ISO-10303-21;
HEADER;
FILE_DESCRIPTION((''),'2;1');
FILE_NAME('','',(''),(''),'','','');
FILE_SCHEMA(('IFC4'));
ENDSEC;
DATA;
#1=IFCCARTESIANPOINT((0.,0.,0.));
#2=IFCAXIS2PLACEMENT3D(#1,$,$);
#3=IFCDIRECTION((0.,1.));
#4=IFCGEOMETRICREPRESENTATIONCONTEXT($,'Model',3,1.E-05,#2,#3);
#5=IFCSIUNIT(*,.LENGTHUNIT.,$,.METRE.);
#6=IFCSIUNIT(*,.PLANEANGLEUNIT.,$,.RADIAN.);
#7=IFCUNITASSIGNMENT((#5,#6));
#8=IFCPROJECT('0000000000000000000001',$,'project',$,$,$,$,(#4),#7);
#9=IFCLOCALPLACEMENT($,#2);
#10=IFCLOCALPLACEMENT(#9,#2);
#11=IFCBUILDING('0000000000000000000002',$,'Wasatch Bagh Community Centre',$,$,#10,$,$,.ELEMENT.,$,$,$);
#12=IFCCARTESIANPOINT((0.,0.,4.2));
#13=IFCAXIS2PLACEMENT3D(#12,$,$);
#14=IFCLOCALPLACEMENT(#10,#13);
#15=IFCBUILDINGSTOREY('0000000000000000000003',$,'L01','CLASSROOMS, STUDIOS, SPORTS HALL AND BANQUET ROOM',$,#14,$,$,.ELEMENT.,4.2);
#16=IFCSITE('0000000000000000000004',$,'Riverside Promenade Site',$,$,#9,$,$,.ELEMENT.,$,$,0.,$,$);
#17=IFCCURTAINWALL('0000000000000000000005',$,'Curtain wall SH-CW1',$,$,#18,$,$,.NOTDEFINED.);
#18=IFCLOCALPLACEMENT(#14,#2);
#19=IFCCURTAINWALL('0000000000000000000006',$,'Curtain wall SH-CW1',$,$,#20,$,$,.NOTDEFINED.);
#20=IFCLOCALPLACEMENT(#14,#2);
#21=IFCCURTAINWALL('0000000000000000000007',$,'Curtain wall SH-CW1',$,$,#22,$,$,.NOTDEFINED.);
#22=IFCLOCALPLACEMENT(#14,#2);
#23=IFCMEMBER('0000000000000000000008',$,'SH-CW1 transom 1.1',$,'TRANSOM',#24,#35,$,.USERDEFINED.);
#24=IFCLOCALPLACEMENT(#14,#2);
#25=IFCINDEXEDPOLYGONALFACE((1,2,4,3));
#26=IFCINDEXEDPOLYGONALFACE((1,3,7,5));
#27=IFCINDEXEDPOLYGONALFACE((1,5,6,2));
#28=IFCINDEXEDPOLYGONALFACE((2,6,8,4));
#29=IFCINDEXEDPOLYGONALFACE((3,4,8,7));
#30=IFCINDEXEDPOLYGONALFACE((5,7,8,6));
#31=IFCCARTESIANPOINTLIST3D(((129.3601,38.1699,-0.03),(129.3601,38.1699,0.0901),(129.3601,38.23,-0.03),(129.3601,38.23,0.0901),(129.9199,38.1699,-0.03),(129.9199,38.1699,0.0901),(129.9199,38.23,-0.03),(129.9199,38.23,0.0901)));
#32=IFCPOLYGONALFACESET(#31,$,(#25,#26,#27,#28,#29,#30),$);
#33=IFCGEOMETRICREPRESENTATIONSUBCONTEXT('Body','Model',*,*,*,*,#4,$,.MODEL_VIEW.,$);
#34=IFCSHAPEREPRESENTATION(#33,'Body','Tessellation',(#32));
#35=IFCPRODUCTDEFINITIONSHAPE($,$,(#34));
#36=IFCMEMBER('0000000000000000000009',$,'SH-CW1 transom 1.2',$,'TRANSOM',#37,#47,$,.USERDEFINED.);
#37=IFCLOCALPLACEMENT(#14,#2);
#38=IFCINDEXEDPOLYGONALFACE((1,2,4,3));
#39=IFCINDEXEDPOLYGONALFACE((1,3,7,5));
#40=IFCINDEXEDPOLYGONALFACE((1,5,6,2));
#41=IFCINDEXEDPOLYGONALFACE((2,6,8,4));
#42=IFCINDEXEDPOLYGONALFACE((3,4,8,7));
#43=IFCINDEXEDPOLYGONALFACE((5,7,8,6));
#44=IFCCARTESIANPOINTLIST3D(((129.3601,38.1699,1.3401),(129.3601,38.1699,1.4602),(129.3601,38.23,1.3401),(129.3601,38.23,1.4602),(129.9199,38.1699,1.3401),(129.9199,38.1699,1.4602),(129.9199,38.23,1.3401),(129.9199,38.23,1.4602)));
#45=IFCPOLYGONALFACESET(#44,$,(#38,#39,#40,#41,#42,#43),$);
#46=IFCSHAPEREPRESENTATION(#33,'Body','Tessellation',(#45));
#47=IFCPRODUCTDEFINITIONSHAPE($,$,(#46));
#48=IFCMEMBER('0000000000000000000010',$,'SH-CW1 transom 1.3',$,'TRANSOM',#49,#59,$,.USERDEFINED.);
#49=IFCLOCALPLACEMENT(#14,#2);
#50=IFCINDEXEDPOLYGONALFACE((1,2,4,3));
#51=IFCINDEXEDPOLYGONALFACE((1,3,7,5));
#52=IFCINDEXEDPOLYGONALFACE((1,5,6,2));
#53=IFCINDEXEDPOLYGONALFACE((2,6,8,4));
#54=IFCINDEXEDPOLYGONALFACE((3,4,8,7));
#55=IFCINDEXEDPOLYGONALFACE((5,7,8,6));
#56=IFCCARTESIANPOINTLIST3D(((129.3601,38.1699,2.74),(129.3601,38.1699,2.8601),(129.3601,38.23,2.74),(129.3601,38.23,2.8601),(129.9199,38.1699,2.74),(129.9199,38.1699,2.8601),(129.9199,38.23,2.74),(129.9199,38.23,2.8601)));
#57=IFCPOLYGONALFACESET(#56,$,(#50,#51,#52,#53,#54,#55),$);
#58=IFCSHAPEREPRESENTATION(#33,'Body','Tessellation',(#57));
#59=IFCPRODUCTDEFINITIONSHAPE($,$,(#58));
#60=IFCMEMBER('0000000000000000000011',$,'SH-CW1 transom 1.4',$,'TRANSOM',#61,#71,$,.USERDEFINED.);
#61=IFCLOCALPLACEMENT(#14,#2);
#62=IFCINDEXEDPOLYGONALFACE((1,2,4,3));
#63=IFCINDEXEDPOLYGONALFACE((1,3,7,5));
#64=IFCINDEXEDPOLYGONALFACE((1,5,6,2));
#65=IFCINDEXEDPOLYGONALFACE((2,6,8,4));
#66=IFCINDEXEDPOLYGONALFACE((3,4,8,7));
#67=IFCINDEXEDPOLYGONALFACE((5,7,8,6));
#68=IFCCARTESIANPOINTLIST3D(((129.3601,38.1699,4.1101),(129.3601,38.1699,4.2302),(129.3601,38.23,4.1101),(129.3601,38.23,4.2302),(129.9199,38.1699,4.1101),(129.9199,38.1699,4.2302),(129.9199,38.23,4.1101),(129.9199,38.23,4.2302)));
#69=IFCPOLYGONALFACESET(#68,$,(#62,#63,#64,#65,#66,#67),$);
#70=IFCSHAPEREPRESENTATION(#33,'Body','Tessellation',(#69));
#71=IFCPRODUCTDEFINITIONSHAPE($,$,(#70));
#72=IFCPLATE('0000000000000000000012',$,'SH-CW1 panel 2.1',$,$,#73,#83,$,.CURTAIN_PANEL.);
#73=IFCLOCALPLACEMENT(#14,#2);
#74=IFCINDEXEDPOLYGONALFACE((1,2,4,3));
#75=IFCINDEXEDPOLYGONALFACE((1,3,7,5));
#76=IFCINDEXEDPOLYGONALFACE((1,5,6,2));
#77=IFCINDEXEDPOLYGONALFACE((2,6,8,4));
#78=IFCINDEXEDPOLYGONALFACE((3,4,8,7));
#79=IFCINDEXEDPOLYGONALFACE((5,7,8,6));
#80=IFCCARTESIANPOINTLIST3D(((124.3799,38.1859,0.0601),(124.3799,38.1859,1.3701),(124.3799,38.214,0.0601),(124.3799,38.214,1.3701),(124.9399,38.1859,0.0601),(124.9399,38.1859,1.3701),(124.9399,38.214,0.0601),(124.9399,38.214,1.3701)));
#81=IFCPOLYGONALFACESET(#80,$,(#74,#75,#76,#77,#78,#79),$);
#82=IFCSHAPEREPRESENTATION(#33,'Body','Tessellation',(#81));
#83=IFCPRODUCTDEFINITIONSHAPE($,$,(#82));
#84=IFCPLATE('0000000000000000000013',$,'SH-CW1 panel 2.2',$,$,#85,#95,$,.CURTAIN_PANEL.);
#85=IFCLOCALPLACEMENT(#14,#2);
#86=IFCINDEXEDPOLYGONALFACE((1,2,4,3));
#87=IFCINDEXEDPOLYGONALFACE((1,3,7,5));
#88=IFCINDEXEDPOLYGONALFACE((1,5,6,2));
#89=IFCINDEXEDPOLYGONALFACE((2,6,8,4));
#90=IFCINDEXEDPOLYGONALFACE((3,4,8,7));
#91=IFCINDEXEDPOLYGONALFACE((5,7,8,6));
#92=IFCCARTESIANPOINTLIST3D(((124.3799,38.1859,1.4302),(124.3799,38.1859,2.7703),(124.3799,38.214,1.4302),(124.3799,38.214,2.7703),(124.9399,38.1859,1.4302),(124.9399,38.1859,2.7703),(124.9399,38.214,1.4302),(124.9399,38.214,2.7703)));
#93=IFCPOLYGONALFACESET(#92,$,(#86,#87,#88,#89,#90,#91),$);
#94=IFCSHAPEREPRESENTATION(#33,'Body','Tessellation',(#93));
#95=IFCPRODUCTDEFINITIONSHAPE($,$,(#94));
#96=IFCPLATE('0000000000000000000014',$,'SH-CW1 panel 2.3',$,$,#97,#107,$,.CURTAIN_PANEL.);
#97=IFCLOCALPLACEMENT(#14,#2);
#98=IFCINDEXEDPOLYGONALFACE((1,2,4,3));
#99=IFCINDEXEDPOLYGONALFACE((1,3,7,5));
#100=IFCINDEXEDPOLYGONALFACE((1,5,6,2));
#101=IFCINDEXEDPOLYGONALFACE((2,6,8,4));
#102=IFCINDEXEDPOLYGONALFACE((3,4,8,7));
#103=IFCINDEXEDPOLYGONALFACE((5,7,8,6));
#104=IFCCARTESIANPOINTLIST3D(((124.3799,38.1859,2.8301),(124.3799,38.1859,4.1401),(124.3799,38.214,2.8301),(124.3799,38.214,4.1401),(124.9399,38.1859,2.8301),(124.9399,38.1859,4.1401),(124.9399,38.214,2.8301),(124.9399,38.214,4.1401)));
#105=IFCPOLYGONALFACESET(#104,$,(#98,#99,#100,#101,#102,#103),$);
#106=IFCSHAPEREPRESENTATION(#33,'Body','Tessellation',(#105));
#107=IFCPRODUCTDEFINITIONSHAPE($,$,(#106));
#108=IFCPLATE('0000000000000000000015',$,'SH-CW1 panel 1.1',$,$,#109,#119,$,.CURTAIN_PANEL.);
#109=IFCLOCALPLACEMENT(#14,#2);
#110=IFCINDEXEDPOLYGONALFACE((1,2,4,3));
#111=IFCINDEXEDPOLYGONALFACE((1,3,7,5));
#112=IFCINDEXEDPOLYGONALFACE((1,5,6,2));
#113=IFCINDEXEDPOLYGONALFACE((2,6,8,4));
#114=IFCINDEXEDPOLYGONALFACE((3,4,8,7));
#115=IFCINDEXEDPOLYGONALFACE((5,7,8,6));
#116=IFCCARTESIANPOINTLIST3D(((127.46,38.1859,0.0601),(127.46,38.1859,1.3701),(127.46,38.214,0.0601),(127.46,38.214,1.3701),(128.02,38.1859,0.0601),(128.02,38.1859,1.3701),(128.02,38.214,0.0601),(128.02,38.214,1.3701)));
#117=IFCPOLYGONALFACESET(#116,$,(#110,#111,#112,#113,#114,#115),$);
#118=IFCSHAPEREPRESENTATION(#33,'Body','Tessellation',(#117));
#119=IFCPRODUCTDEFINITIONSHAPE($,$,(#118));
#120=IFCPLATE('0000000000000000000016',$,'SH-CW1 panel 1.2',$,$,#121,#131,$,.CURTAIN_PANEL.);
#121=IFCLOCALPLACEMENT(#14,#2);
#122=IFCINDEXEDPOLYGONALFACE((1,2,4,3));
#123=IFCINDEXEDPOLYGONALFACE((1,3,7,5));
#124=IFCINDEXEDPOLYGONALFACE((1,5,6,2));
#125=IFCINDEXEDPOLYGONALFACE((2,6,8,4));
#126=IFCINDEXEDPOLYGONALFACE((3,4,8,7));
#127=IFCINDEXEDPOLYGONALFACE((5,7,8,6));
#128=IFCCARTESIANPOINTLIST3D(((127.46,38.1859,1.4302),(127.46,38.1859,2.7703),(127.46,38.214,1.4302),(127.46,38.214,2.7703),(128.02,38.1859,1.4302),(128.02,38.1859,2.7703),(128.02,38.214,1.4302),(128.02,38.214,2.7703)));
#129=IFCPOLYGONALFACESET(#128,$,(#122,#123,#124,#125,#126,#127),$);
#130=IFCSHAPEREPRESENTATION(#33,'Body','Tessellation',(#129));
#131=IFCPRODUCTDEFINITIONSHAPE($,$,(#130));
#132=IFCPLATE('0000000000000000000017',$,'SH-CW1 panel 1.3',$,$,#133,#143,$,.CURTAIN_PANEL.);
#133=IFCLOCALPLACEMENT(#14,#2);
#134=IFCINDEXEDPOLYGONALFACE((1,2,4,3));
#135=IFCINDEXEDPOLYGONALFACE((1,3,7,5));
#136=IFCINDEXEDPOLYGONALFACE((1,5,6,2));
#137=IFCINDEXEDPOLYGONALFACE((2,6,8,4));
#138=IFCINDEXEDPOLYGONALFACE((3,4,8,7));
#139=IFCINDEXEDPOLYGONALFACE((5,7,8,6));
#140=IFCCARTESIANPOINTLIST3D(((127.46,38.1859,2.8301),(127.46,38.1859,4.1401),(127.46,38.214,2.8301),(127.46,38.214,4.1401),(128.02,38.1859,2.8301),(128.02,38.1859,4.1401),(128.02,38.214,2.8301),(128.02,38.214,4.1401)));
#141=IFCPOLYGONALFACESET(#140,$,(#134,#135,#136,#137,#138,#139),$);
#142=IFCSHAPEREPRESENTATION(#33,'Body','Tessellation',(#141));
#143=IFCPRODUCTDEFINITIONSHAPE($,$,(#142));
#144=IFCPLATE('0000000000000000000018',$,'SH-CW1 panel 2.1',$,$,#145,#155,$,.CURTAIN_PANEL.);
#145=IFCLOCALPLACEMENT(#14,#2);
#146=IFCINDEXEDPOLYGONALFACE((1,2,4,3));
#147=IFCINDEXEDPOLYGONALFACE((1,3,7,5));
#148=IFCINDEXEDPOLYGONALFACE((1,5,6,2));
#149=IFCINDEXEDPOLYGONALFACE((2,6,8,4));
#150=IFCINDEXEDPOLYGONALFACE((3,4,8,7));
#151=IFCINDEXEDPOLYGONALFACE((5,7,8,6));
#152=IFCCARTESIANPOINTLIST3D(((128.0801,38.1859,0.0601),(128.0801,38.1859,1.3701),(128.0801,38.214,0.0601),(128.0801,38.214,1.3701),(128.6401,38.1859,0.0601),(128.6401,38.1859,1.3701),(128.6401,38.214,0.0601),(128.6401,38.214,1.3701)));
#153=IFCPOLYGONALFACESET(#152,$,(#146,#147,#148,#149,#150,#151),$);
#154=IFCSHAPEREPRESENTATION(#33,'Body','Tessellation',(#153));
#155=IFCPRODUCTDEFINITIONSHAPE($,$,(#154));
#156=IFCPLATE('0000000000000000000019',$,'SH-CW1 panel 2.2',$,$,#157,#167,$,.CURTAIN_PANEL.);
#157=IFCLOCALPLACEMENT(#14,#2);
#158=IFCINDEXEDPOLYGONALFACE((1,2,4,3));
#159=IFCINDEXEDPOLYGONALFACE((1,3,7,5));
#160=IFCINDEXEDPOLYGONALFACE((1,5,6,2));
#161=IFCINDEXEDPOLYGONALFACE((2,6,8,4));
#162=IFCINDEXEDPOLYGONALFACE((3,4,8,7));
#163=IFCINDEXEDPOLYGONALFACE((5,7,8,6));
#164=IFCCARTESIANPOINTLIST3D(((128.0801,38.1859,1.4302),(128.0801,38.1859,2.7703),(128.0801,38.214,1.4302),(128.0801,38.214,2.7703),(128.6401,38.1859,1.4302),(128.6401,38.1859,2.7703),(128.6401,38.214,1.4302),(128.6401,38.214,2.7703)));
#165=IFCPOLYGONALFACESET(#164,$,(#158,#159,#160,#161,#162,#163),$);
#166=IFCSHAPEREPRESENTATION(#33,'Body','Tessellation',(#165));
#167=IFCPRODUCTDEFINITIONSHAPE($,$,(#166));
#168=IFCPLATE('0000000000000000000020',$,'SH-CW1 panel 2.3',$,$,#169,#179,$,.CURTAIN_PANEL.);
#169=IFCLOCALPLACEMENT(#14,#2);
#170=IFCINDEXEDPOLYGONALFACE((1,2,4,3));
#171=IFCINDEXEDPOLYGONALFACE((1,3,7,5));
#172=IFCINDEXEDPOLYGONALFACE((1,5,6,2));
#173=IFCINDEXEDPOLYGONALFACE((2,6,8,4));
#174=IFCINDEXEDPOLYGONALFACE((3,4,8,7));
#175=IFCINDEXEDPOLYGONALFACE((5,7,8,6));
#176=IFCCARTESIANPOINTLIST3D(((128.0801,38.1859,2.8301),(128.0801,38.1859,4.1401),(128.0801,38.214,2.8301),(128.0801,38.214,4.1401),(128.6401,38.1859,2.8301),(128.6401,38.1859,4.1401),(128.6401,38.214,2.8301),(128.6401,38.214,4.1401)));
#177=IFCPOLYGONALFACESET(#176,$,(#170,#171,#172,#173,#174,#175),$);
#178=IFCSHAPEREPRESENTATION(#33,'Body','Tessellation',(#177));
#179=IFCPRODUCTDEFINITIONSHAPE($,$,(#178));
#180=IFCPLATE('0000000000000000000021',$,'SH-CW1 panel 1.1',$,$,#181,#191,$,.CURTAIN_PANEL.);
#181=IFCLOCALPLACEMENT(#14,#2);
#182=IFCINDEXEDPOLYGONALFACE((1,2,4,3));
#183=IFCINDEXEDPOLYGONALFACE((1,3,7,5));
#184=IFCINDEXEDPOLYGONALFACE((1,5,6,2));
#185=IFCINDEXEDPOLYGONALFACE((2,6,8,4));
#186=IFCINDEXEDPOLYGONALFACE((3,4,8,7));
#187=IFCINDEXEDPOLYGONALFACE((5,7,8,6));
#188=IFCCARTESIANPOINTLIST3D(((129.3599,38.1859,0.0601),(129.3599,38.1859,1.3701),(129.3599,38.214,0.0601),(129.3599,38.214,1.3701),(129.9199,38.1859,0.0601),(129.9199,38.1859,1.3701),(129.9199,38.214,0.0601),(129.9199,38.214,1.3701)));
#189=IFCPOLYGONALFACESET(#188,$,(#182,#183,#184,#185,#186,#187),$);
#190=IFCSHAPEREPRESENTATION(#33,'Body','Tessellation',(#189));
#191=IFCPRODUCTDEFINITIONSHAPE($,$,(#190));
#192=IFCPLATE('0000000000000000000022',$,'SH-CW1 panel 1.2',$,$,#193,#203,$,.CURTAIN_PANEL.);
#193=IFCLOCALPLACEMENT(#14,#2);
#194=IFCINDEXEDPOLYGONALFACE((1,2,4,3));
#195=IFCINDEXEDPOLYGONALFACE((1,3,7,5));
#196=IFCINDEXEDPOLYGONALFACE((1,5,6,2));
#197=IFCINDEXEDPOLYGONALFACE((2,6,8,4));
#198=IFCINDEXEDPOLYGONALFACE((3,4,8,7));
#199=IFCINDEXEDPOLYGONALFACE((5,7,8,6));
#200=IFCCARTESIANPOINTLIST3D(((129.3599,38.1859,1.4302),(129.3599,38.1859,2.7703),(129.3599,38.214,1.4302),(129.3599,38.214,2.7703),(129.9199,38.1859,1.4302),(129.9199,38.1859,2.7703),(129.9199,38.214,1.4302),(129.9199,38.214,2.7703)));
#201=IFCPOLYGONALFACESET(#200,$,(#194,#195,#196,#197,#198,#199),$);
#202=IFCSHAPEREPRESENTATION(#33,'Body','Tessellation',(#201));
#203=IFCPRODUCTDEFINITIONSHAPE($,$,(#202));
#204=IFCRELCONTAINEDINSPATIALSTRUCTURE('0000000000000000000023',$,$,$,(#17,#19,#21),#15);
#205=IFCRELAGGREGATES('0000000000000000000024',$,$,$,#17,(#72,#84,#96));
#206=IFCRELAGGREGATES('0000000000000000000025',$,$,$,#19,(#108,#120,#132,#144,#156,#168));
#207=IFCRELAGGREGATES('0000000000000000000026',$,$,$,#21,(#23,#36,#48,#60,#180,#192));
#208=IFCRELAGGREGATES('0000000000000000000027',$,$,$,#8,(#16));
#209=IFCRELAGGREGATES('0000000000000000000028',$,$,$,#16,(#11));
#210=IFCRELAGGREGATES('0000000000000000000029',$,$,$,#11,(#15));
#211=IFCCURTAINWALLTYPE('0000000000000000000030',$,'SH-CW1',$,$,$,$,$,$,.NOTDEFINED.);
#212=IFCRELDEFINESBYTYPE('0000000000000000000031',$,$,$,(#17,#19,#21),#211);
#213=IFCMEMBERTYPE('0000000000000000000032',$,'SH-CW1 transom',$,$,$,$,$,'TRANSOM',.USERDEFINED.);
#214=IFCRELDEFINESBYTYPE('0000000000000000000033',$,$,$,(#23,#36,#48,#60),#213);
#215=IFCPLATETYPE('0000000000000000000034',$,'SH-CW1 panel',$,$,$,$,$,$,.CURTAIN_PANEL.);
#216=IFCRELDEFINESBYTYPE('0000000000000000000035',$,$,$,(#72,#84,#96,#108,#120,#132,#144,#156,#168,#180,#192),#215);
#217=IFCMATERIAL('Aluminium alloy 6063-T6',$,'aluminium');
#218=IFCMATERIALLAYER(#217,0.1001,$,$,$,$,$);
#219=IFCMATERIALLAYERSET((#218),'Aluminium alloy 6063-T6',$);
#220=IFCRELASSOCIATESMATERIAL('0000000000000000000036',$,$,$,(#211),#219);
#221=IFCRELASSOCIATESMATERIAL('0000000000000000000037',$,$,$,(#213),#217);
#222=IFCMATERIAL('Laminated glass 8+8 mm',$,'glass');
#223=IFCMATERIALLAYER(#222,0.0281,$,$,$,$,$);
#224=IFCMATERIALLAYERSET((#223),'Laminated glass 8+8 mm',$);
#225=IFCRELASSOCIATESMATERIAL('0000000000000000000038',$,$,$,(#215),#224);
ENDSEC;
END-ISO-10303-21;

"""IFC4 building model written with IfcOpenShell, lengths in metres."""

from ifc_helpers import new_model, si_unit, direction, frame, origin, origin_2d, place, context, subcontext, project, spatial, rectangle, extrude, material, layer, layer_set, material_profile, profile_set, type_object, element, aggregate, save


model = new_model("IFC4")

# Units and contexts
model_context = context("Model", 3, precision=1e-05, world=origin(), true_north=direction((0.0, 1.0)))
body_context = subcontext(model_context, "Body", "Model", "MODEL_VIEW")
ifc_project = project(units=[si_unit("LENGTHUNIT", "METRE"), si_unit("PLANEANGLEUNIT", "RADIAN")], contexts=[model_context])

# Site, building, storey
site_placement = place(None, origin())
site = spatial("IfcSite", under=ifc_project, at=site_placement, Name="Riverside Promenade Site", CompositionType="ELEMENT", RefElevation=0.0)
building_placement = place(site_placement, origin())
building = spatial("IfcBuilding", under=site, at=building_placement, Name="Wasatch Bagh Community Centre", CompositionType="ELEMENT")
storey_placement = place(building_placement, frame((0.0, 0.0, 4.2)))
storey = spatial("IfcBuildingStorey", under=building, at=storey_placement, Name="L01", Description="CLASSROOMS, STUDIOS, SPORTS HALL AND BANQUET ROOM", CompositionType="ELEMENT", Elevation=4.2)

# Curtain wall
ifc_material_1 = material(Name="Aluminium alloy 6063-T6", Category="aluminium")
ifc_layer_1 = layer(ifc_material_1, 0.1001)
ifc_layer_set_1 = layer_set([ifc_layer_1], Name="Aluminium alloy 6063-T6")
curtain_wall_type = type_object("IfcCurtainWallType", Name="SH-CW1", PredefinedType="NOTDEFINED", material=ifc_layer_set_1)
curtain_wall_1_placement = place(storey_placement, origin())
curtain_wall_1 = element("IfcCurtainWall", 1, at=curtain_wall_1_placement, inside=storey, type_object=curtain_wall_type, Name="Curtain wall SH-CW1", PredefinedType="NOTDEFINED")

# Curtain wall
curtain_wall_2_placement = place(storey_placement, origin())
curtain_wall_2 = element("IfcCurtainWall", 2, at=curtain_wall_2_placement, inside=storey, type_object=curtain_wall_type, Name="Curtain wall SH-CW1", PredefinedType="NOTDEFINED")

# Curtain wall
curtain_wall_3_placement = place(storey_placement, origin())
curtain_wall_3 = element("IfcCurtainWall", 3, at=curtain_wall_3_placement, inside=storey, type_object=curtain_wall_type, Name="Curtain wall SH-CW1", PredefinedType="NOTDEFINED")

# Members
ifc_material_profile_1 = material_profile(ifc_material_1, rectangle(XDim=0.0601, YDim=0.1201, at=origin_2d()), Name="AL 60x120")
ifc_profile_set_1 = profile_set([ifc_material_profile_1], Name="Aluminium alloy 6063-T6")
member_type_1 = type_object("IfcMemberType", Name="SH-CW1 transom", ElementType="TRANSOM", PredefinedType="USERDEFINED", material=ifc_profile_set_1)
member_1_placement = place(storey_placement, frame((129.3601, 38.2, 0.03), z_axis=(1.0, 0.0, 0.0), x_axis=(0.0, 1.0, 0.0)))
member_1 = element("IfcMember", 4, at=member_1_placement, type_object=member_type_1, Name="SH-CW1 transom 1.1", ObjectType="TRANSOM", PredefinedType="USERDEFINED", context=body_context, shape_type="SweptSolid", body=[
    extrude(rectangle(XDim=0.0601, YDim=0.1201, at=origin_2d()), origin(), (0.0, 0.0, 1.0), 0.5598),
])
member_2_placement = place(storey_placement, frame((129.3601, 38.2, 1.4001), z_axis=(1.0, 0.0, 0.0), x_axis=(0.0, 1.0, 0.0)))
member_2 = element("IfcMember", 5, at=member_2_placement, type_object=member_type_1, Name="SH-CW1 transom 1.2", ObjectType="TRANSOM", PredefinedType="USERDEFINED", context=body_context, shape_type="SweptSolid", body=[
    extrude(rectangle(XDim=0.0601, YDim=0.1201, at=origin_2d()), origin(), (0.0, 0.0, 1.0), 0.5598),
])
member_3_placement = place(storey_placement, frame((129.3601, 38.2, 2.8), z_axis=(1.0, 0.0, 0.0), x_axis=(0.0, 1.0, 0.0)))
member_3 = element("IfcMember", 6, at=member_3_placement, type_object=member_type_1, Name="SH-CW1 transom 1.3", ObjectType="TRANSOM", PredefinedType="USERDEFINED", context=body_context, shape_type="SweptSolid", body=[
    extrude(rectangle(XDim=0.0601, YDim=0.1201, at=origin_2d()), origin(), (0.0, 0.0, 1.0), 0.5598),
])
member_4_placement = place(storey_placement, frame((129.3601, 38.2, 4.1702), z_axis=(1.0, 0.0, 0.0), x_axis=(0.0, 1.0, 0.0)))
member_4 = element("IfcMember", 7, at=member_4_placement, type_object=member_type_1, Name="SH-CW1 transom 1.4", ObjectType="TRANSOM", PredefinedType="USERDEFINED", context=body_context, shape_type="SweptSolid", body=[
    extrude(rectangle(XDim=0.0601, YDim=0.1201, at=origin_2d()), origin(), (0.0, 0.0, 1.0), 0.5598),
])

# Plates
ifc_material_2 = material(Name="Laminated glass 8+8 mm", Category="glass")
ifc_layer_2 = layer(ifc_material_2, 0.0281)
ifc_layer_set_2 = layer_set([ifc_layer_2], Name="Laminated glass 8+8 mm")
plate_type = type_object("IfcPlateType", Name="SH-CW1 panel", PredefinedType="CURTAIN_PANEL", material=ifc_layer_set_2)
plate_1_placement = place(storey_placement, frame((124.6599, 38.2, 0.0601), z_axis=(0.0, 0.0, 1.0), x_axis=(1.0, 0.0, 0.0)))
plate_1 = element("IfcPlate", 8, at=plate_1_placement, type_object=plate_type, Name="SH-CW1 panel 2.1", PredefinedType="CURTAIN_PANEL", context=body_context, shape_type="SweptSolid", body=[
    extrude(rectangle(XDim=0.5601, YDim=0.0281, at=origin_2d()), origin(), (0.0, 0.0, 1.0), 1.3101),
])
plate_2_placement = place(storey_placement, frame((124.6599, 38.2, 1.4302), z_axis=(0.0, 0.0, 1.0), x_axis=(1.0, 0.0, 0.0)))
plate_2 = element("IfcPlate", 9, at=plate_2_placement, type_object=plate_type, Name="SH-CW1 panel 2.2", PredefinedType="CURTAIN_PANEL", context=body_context, shape_type="SweptSolid", body=[
    extrude(rectangle(XDim=0.5601, YDim=0.0281, at=origin_2d()), origin(), (0.0, 0.0, 1.0), 1.3401),
])
plate_3_placement = place(storey_placement, frame((124.6599, 38.2, 2.8301), z_axis=(0.0, 0.0, 1.0), x_axis=(1.0, 0.0, 0.0)))
plate_3 = element("IfcPlate", 10, at=plate_3_placement, type_object=plate_type, Name="SH-CW1 panel 2.3", PredefinedType="CURTAIN_PANEL", context=body_context, shape_type="SweptSolid", body=[
    extrude(rectangle(XDim=0.5601, YDim=0.0281, at=origin_2d()), origin(), (0.0, 0.0, 1.0), 1.3101),
])
aggregate(curtain_wall_1, [plate_1, plate_2, plate_3])
plate_4_placement = place(storey_placement, frame((127.74, 38.2, 0.0601), z_axis=(0.0, 0.0, 1.0), x_axis=(1.0, 0.0, 0.0)))
plate_4 = element("IfcPlate", 11, at=plate_4_placement, type_object=plate_type, Name="SH-CW1 panel 1.1", PredefinedType="CURTAIN_PANEL", context=body_context, shape_type="SweptSolid", body=[
    extrude(rectangle(XDim=0.5601, YDim=0.0281, at=origin_2d()), origin(), (0.0, 0.0, 1.0), 1.3101),
])
plate_5_placement = place(storey_placement, frame((127.74, 38.2, 1.4302), z_axis=(0.0, 0.0, 1.0), x_axis=(1.0, 0.0, 0.0)))
plate_5 = element("IfcPlate", 12, at=plate_5_placement, type_object=plate_type, Name="SH-CW1 panel 1.2", PredefinedType="CURTAIN_PANEL", context=body_context, shape_type="SweptSolid", body=[
    extrude(rectangle(XDim=0.5601, YDim=0.0281, at=origin_2d()), origin(), (0.0, 0.0, 1.0), 1.3401),
])
plate_6_placement = place(storey_placement, frame((127.74, 38.2, 2.8301), z_axis=(0.0, 0.0, 1.0), x_axis=(1.0, 0.0, 0.0)))
plate_6 = element("IfcPlate", 13, at=plate_6_placement, type_object=plate_type, Name="SH-CW1 panel 1.3", PredefinedType="CURTAIN_PANEL", context=body_context, shape_type="SweptSolid", body=[
    extrude(rectangle(XDim=0.5601, YDim=0.0281, at=origin_2d()), origin(), (0.0, 0.0, 1.0), 1.3101),
])
plate_7_placement = place(storey_placement, frame((128.3601, 38.2, 0.0601), z_axis=(0.0, 0.0, 1.0), x_axis=(1.0, 0.0, 0.0)))
plate_7 = element("IfcPlate", 14, at=plate_7_placement, type_object=plate_type, Name="SH-CW1 panel 2.1", PredefinedType="CURTAIN_PANEL", context=body_context, shape_type="SweptSolid", body=[
    extrude(rectangle(XDim=0.5601, YDim=0.0281, at=origin_2d()), origin(), (0.0, 0.0, 1.0), 1.3101),
])
plate_8_placement = place(storey_placement, frame((128.3601, 38.2, 1.4302), z_axis=(0.0, 0.0, 1.0), x_axis=(1.0, 0.0, 0.0)))
plate_8 = element("IfcPlate", 15, at=plate_8_placement, type_object=plate_type, Name="SH-CW1 panel 2.2", PredefinedType="CURTAIN_PANEL", context=body_context, shape_type="SweptSolid", body=[
    extrude(rectangle(XDim=0.5601, YDim=0.0281, at=origin_2d()), origin(), (0.0, 0.0, 1.0), 1.3401),
])
plate_9_placement = place(storey_placement, frame((128.3601, 38.2, 2.8301), z_axis=(0.0, 0.0, 1.0), x_axis=(1.0, 0.0, 0.0)))
plate_9 = element("IfcPlate", 16, at=plate_9_placement, type_object=plate_type, Name="SH-CW1 panel 2.3", PredefinedType="CURTAIN_PANEL", context=body_context, shape_type="SweptSolid", body=[
    extrude(rectangle(XDim=0.5601, YDim=0.0281, at=origin_2d()), origin(), (0.0, 0.0, 1.0), 1.3101),
])
aggregate(curtain_wall_2, [plate_4, plate_5, plate_6, plate_7, plate_8, plate_9])
plate_10_placement = place(storey_placement, frame((129.6399, 38.2, 0.0601), z_axis=(0.0, 0.0, 1.0), x_axis=(1.0, 0.0, 0.0)))
plate_10 = element("IfcPlate", 17, at=plate_10_placement, type_object=plate_type, Name="SH-CW1 panel 1.1", PredefinedType="CURTAIN_PANEL", context=body_context, shape_type="SweptSolid", body=[
    extrude(rectangle(XDim=0.5601, YDim=0.0281, at=origin_2d()), origin(), (0.0, 0.0, 1.0), 1.3101),
])
plate_11_placement = place(storey_placement, frame((129.6399, 38.2, 1.4302), z_axis=(0.0, 0.0, 1.0), x_axis=(1.0, 0.0, 0.0)))
plate_11 = element("IfcPlate", 18, at=plate_11_placement, type_object=plate_type, Name="SH-CW1 panel 1.2", PredefinedType="CURTAIN_PANEL", context=body_context, shape_type="SweptSolid", body=[
    extrude(rectangle(XDim=0.5601, YDim=0.0281, at=origin_2d()), origin(), (0.0, 0.0, 1.0), 1.3401),
])
aggregate(curtain_wall_3, [member_1, member_2, member_3, member_4, plate_10, plate_11])

save(model, "model.ifc")
